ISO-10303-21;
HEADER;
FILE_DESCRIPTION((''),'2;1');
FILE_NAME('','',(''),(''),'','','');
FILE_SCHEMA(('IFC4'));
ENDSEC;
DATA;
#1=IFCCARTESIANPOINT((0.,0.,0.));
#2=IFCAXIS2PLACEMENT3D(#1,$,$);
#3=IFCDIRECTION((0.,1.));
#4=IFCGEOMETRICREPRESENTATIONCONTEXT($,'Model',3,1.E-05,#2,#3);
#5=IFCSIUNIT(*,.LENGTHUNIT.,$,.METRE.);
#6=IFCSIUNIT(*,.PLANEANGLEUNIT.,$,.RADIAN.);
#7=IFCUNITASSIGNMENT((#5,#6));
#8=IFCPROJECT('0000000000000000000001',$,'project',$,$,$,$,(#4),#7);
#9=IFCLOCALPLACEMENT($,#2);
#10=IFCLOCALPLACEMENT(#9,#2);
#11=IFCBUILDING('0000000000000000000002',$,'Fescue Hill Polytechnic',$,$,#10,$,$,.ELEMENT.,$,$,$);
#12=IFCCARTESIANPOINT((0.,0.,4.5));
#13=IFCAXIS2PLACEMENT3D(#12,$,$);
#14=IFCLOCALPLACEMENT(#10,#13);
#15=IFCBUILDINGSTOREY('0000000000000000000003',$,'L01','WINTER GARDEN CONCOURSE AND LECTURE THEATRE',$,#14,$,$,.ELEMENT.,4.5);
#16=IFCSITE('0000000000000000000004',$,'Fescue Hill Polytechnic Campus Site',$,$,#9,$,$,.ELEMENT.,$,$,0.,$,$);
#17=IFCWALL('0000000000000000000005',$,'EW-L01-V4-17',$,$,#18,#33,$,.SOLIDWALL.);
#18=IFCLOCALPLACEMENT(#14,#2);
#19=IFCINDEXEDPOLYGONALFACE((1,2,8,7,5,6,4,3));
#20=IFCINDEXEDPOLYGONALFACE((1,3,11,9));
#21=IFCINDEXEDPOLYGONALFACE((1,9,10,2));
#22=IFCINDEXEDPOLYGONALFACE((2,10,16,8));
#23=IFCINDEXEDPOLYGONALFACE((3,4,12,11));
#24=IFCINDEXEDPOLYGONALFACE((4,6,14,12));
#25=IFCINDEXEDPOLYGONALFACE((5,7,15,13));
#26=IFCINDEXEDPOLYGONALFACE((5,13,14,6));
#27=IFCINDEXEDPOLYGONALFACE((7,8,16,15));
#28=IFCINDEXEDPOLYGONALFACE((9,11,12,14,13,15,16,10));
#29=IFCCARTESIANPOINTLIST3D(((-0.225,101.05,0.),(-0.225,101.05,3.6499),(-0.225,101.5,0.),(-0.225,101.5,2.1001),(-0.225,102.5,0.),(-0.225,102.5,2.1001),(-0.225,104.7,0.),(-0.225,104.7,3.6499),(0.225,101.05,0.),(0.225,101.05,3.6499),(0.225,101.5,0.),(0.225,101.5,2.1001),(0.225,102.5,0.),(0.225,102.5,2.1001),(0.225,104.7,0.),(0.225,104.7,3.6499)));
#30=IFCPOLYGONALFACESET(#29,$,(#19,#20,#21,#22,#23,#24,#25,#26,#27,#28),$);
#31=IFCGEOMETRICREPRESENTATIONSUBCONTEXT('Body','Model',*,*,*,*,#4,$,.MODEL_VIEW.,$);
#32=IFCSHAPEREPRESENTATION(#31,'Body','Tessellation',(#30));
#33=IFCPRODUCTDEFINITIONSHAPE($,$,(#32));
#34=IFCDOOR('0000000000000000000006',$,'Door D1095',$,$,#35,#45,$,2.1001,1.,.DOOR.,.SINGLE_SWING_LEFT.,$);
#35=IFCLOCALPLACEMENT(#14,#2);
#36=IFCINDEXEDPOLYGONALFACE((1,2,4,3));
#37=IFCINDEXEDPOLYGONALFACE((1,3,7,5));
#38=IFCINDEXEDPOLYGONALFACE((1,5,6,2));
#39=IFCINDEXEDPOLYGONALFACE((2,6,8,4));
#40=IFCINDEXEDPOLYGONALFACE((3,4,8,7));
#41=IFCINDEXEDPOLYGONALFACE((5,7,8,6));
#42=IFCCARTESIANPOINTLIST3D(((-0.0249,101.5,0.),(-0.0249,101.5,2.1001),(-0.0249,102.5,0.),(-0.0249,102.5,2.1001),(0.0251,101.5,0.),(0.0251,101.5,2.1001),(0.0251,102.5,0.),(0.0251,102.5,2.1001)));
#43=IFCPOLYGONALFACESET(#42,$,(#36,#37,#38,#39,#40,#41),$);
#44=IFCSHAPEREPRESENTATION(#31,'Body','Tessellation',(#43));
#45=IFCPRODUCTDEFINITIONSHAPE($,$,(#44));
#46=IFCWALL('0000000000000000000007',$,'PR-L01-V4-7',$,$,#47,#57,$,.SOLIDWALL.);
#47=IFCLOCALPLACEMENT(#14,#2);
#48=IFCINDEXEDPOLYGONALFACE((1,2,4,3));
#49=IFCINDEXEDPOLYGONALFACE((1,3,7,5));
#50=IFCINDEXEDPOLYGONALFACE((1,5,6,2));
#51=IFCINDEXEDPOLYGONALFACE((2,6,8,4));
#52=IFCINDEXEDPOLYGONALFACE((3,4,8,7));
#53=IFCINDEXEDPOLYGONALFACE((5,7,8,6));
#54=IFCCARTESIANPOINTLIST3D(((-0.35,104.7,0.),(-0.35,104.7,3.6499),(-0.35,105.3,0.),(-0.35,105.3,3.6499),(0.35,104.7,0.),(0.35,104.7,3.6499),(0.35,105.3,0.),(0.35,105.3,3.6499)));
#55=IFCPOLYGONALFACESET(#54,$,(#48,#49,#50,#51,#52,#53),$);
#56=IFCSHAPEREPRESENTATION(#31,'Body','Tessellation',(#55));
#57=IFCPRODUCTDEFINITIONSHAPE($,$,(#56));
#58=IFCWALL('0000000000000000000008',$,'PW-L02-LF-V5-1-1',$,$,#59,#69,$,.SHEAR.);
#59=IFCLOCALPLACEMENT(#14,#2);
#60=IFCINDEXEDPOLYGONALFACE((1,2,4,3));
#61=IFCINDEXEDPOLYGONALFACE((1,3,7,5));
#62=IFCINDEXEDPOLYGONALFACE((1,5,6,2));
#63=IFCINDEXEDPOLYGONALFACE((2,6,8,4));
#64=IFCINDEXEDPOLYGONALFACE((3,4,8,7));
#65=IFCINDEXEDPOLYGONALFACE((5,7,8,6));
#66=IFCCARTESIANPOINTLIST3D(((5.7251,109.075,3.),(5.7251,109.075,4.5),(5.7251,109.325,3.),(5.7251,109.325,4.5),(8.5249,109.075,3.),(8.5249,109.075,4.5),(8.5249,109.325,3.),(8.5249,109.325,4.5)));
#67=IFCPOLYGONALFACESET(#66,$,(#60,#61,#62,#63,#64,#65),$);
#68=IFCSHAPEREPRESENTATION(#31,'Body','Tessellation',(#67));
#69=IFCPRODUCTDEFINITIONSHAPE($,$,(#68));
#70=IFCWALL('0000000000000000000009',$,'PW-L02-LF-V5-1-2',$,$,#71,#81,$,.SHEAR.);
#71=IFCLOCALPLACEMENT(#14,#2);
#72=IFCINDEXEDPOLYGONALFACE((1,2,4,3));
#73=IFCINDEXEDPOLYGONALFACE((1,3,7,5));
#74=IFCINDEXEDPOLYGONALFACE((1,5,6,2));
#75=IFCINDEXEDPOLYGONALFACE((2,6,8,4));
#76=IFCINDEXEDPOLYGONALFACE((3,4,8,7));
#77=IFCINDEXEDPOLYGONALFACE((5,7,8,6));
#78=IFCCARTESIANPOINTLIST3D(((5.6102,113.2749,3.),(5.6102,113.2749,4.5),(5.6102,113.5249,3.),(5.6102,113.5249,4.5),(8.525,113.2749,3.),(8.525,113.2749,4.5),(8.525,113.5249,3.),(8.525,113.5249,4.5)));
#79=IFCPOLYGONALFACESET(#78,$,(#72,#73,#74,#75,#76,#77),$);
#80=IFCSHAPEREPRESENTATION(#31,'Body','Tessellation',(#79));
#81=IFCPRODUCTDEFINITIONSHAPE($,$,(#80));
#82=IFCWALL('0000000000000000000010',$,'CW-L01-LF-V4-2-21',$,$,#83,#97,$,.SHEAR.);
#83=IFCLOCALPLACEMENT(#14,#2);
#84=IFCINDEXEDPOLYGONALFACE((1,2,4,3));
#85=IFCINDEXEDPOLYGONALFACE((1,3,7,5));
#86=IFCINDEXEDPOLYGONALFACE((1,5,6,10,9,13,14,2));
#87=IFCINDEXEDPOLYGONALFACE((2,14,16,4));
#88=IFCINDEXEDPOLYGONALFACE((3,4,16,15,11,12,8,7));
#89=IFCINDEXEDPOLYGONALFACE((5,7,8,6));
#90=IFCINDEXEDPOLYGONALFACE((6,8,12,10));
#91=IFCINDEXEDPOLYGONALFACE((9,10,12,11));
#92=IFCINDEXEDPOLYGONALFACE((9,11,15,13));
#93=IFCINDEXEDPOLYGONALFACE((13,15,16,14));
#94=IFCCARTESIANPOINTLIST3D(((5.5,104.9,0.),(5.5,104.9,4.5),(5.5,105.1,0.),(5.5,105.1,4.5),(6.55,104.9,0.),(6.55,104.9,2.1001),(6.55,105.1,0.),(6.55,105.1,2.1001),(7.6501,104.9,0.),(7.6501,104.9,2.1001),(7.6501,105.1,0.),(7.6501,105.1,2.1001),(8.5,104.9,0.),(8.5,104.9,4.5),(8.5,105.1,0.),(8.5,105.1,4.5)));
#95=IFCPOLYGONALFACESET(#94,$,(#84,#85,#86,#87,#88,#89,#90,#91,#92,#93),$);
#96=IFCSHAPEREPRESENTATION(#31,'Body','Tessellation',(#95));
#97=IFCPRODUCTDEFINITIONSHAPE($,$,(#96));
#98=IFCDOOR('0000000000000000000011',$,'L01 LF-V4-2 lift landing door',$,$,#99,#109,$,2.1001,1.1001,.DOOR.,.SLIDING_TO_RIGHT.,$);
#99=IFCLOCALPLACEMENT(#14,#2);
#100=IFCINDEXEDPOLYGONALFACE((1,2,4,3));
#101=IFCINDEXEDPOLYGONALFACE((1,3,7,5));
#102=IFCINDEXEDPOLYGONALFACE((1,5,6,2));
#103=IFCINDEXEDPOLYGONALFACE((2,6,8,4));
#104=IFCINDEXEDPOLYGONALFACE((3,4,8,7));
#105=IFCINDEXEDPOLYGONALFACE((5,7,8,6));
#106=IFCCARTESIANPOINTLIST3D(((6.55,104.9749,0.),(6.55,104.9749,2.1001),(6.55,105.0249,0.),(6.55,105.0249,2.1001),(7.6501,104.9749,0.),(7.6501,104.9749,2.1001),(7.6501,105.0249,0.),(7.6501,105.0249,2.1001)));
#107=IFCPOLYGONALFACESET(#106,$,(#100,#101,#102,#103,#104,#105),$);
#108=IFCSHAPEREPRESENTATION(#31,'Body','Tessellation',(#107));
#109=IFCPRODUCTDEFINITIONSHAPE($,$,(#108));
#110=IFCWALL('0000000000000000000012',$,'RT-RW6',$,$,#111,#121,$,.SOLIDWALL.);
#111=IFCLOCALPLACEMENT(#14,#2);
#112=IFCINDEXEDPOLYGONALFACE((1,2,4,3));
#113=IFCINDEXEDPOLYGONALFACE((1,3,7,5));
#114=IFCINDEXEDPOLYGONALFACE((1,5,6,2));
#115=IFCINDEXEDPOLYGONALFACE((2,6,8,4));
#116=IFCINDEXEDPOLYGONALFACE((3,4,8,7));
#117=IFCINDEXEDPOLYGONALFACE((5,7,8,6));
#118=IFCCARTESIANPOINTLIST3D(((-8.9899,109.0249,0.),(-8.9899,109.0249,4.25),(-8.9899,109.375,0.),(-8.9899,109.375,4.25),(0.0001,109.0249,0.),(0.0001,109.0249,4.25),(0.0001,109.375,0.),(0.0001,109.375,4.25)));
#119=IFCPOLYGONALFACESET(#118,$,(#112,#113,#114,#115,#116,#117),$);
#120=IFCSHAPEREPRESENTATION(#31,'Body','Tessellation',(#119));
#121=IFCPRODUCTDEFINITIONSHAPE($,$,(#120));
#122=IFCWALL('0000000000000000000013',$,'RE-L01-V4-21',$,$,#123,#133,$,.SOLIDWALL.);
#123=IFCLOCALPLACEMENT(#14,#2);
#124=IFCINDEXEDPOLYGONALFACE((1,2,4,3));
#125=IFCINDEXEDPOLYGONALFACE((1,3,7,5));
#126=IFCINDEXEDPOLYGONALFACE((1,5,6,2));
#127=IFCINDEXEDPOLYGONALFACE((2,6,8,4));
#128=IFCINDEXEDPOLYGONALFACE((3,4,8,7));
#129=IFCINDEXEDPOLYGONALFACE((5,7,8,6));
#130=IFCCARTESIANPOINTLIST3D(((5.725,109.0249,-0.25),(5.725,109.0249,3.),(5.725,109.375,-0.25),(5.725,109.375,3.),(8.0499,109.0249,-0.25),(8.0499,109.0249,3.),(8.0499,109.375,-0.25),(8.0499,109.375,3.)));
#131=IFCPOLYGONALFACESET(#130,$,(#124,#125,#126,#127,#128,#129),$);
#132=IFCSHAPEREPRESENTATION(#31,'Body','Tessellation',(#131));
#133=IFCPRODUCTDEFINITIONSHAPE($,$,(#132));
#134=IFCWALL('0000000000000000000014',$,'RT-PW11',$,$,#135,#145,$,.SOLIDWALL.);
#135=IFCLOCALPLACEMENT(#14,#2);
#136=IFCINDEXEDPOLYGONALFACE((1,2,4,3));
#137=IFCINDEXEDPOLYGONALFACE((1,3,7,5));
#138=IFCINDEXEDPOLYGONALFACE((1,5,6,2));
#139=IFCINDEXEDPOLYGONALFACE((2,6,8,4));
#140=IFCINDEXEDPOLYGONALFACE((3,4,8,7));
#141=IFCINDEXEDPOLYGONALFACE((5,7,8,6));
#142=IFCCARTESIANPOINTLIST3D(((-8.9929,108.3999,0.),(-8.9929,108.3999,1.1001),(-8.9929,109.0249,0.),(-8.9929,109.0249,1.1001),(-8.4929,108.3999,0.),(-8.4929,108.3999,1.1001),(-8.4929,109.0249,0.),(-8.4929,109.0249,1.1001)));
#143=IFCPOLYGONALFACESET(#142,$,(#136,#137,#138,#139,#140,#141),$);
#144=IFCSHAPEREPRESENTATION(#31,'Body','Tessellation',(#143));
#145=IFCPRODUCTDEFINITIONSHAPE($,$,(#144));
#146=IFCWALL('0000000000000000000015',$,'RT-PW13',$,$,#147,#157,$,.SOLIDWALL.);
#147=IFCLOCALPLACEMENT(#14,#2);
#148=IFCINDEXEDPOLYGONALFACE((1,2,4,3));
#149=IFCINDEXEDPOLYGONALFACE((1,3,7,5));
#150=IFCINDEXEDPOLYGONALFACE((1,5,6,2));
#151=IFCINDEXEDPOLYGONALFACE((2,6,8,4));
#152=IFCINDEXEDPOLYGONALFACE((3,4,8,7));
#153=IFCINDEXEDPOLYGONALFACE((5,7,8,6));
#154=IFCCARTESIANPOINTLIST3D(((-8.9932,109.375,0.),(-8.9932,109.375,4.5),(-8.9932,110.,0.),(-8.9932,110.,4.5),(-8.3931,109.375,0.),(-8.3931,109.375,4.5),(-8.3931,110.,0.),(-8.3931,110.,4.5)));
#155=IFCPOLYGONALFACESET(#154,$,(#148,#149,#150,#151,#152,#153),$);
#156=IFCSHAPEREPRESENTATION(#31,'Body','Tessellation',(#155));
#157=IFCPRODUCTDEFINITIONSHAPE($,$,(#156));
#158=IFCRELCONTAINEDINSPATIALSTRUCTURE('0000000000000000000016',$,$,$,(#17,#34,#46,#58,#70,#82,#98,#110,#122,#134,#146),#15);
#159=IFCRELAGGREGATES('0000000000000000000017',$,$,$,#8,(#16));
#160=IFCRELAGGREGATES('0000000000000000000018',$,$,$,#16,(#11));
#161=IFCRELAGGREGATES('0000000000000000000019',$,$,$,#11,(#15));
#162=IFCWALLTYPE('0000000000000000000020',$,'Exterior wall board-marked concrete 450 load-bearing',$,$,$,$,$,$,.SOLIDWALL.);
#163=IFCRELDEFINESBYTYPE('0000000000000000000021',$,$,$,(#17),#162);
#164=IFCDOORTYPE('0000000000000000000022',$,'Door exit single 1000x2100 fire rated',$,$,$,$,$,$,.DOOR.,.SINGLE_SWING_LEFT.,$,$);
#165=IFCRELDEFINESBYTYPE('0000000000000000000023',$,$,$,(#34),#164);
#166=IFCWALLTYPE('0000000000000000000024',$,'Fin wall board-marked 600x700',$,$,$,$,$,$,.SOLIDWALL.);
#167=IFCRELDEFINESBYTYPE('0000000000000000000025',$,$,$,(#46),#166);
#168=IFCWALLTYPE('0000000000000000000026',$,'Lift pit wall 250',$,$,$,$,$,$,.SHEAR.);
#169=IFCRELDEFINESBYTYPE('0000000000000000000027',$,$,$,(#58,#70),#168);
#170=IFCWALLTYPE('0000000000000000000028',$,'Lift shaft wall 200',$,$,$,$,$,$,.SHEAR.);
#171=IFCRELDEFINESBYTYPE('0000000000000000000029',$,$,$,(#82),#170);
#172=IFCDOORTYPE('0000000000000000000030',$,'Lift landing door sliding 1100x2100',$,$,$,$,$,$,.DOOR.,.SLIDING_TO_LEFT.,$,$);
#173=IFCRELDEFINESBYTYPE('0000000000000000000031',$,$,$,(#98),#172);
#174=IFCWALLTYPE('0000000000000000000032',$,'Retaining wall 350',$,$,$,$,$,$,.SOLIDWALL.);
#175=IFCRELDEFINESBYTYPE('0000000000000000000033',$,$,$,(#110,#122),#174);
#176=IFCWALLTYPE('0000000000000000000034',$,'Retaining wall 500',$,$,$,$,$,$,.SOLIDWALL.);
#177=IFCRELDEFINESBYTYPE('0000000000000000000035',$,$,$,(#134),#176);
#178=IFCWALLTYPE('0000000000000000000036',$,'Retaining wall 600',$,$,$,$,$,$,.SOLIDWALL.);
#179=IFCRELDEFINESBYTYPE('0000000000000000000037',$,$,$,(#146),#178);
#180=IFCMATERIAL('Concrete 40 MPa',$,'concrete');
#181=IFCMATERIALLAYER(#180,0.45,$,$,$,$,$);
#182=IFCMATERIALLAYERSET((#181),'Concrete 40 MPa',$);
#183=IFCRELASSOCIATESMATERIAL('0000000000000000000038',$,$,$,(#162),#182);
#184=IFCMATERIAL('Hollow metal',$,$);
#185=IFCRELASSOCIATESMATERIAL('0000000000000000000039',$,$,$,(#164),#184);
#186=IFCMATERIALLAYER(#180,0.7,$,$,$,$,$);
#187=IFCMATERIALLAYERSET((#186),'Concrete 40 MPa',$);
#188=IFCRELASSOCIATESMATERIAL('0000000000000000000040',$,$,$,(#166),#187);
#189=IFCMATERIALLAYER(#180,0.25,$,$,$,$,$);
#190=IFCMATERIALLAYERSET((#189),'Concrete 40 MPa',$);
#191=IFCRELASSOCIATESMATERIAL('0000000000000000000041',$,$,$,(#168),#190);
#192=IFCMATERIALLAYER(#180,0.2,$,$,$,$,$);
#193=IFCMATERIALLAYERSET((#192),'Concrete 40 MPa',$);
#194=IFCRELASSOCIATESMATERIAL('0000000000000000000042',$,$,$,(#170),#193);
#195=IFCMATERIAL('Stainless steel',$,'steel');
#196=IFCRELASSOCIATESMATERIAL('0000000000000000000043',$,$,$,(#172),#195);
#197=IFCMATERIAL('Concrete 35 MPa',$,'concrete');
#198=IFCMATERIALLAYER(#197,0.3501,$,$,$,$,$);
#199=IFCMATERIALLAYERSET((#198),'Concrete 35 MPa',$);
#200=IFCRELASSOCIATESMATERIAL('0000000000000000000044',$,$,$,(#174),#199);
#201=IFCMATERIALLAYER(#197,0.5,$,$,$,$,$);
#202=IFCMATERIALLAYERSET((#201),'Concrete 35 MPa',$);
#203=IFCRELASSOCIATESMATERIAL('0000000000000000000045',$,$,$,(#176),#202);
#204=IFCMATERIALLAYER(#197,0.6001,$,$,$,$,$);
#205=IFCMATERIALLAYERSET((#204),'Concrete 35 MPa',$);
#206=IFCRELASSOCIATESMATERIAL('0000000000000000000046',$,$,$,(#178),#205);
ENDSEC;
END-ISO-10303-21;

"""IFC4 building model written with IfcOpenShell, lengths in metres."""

from ifc_helpers import new_model, si_unit, direction, frame, frame_2d, origin, place, context, subcontext, project, spatial, rectangle, extrude, material, layer, layer_set, type_object, element, fill, save


model = new_model("IFC4")

# Units and contexts
model_context = context("Model", 3, precision=1e-05, world=origin(), true_north=direction((0.0, 1.0)))
body_context = subcontext(model_context, "Body", "Model", "MODEL_VIEW")
ifc_project = project(units=[si_unit("LENGTHUNIT", "METRE"), si_unit("PLANEANGLEUNIT", "RADIAN")], contexts=[model_context])

# Site, building, storey
site_placement = place(None, origin())
site = spatial("IfcSite", under=ifc_project, at=site_placement, Name="Fescue Hill Polytechnic Campus Site", CompositionType="ELEMENT", RefElevation=0.0)
building_placement = place(site_placement, origin())
building = spatial("IfcBuilding", under=site, at=building_placement, Name="Fescue Hill Polytechnic", CompositionType="ELEMENT")
storey_placement = place(building_placement, frame((0.0, 0.0, 4.5)))
storey = spatial("IfcBuildingStorey", under=building, at=storey_placement, Name="L01", Description="WINTER GARDEN CONCOURSE AND LECTURE THEATRE", CompositionType="ELEMENT", Elevation=4.5)

# Shared definitions
ifc_material_1 = material(Name="Concrete 35 MPa", Category="concrete")

# Shared definitions
ifc_material_2 = material(Name="Concrete 40 MPa", Category="concrete")

# Shared definitions
ifc_layer_1 = layer(ifc_material_2, 0.45)
ifc_layer_set_1 = layer_set([ifc_layer_1], Name="Concrete 40 MPa")
wall_type_1 = type_object("IfcWallType", Name="Exterior wall board-marked concrete 450 load-bearing", PredefinedType="SOLIDWALL", material=ifc_layer_set_1)

# Wall, opening, door
wall_1_placement = place(storey_placement, frame((0.0, 104.7, 0.0), z_axis=(0.0, 0.0, 1.0), x_axis=(0.0, -1.0, 0.0)))
wall_1 = element("IfcWall", 1, at=wall_1_placement, inside=storey, type_object=wall_type_1, Name="EW-L01-V4-17", PredefinedType="SOLIDWALL", context=body_context, shape_type="SweptSolid", body=[
    extrude(rectangle(XDim=3.6499, YDim=0.45, at=frame_2d((1.825, 0.0))), origin(), (0.0, 0.0, 1.0), 3.6499),
])
opening_1_placement = place(wall_1_placement, frame((3.2, 0.0, 0.0), z_axis=(0.0, 0.0, 1.0), x_axis=(-1.0, 0.0, 0.0)))
opening_1 = element("IfcOpeningElement", 2, at=opening_1_placement, cuts=wall_1, PredefinedType="OPENING", context=body_context, shape_type="SweptSolid", body=[
    extrude(rectangle(XDim=1.0, YDim=2.1001, at=frame_2d((0.5, 1.05))), frame((0.0, 0.2349, 0.0), z_axis=(0.0, -1.0, 0.0), x_axis=(1.0, 0.0, 0.0)), (0.0, 0.0, 1.0), 0.47),
])
ifc_material_3 = material(Name="Hollow metal")
door_type_1 = type_object("IfcDoorType", Name="Door exit single 1000x2100 fire rated", OperationType="SINGLE_SWING_LEFT", PredefinedType="DOOR", material=ifc_material_3)
door_1_placement = place(opening_1_placement, origin())
door_1 = element("IfcDoor", 3, at=door_1_placement, inside=storey, type_object=door_type_1, Name="Door D1095", OperationType="SINGLE_SWING_LEFT", OverallHeight=2.1001, OverallWidth=1.0, PredefinedType="DOOR", context=body_context, shape_type="SweptSolid", body=[
    extrude(rectangle(XDim=1.0, YDim=2.1001, at=frame_2d((0.5, 1.05))), frame((0.0, 0.0249, 0.0), z_axis=(0.0, -1.0, 0.0), x_axis=(1.0, 0.0, 0.0)), (0.0, 0.0, 1.0), 0.05),
])
fill(opening_1, door_1)

# Walls
ifc_layer_2 = layer(ifc_material_2, 0.7)
ifc_layer_set_2 = layer_set([ifc_layer_2], Name="Concrete 40 MPa")
wall_type_2 = type_object("IfcWallType", Name="Fin wall board-marked 600x700", PredefinedType="SOLIDWALL", material=ifc_layer_set_2)
wall_2_placement = place(storey_placement, frame((0.0, 105.3, 0.0), z_axis=(0.0, 0.0, 1.0), x_axis=(0.0, -1.0, 0.0)))
element("IfcWall", 4, at=wall_2_placement, inside=storey, type_object=wall_type_2, Name="PR-L01-V4-7", PredefinedType="SOLIDWALL", context=body_context, shape_type="SweptSolid", body=[
    extrude(rectangle(XDim=0.6001, YDim=0.7, at=frame_2d((0.3, 0.0))), origin(), (0.0, 0.0, 1.0), 3.6499),
])
ifc_layer_3 = layer(ifc_material_2, 0.25)
ifc_layer_set_3 = layer_set([ifc_layer_3], Name="Concrete 40 MPa")
wall_type_3 = type_object("IfcWallType", Name="Lift pit wall 250", PredefinedType="SHEAR", material=ifc_layer_set_3)
wall_3_placement = place(storey_placement, frame((5.7251, 109.2, 3.0), z_axis=(0.0, 0.0, 1.0), x_axis=(1.0, 0.0, 0.0)))
element("IfcWall", 5, at=wall_3_placement, inside=storey, type_object=wall_type_3, Name="PW-L02-LF-V5-1-1", PredefinedType="SHEAR", context=body_context, shape_type="SweptSolid", body=[
    extrude(rectangle(XDim=2.7998, YDim=0.25, at=frame_2d((1.3999, 0.0))), origin(), (0.0, 0.0, 1.0), 1.5),
])
wall_4_placement = place(storey_placement, frame((5.6101, 113.3999, 3.0), z_axis=(0.0, 0.0, 1.0), x_axis=(1.0, 0.0, 0.0)))
element("IfcWall", 6, at=wall_4_placement, inside=storey, type_object=wall_type_3, Name="PW-L02-LF-V5-1-2", PredefinedType="SHEAR", context=body_context, shape_type="SweptSolid", body=[
    extrude(rectangle(XDim=2.9148, YDim=0.25, at=frame_2d((1.4575, 0.0))), origin(), (0.0, 0.0, 1.0), 1.5),
])

# Wall, opening, door
ifc_layer_4 = layer(ifc_material_2, 0.2)
ifc_layer_set_4 = layer_set([ifc_layer_4], Name="Concrete 40 MPa")
wall_type_4 = type_object("IfcWallType", Name="Lift shaft wall 200", PredefinedType="SHEAR", material=ifc_layer_set_4)
wall_5_placement = place(storey_placement, frame((5.5, 105.0, 0.0), z_axis=(0.0, 0.0, 1.0), x_axis=(1.0, 0.0, 0.0)))
wall_5 = element("IfcWall", 7, at=wall_5_placement, inside=storey, type_object=wall_type_4, Name="CW-L01-LF-V4-2-21", PredefinedType="SHEAR", context=body_context, shape_type="SweptSolid", body=[
    extrude(rectangle(XDim=3.0, YDim=0.2, at=frame_2d((1.5, 0.0))), origin(), (0.0, 0.0, 1.0), 4.5),
])
opening_2_placement = place(wall_5_placement, frame((1.05, 0.0, 0.0)))
opening_2 = element("IfcOpeningElement", 8, at=opening_2_placement, cuts=wall_5, PredefinedType="OPENING", context=body_context, shape_type="SweptSolid", body=[
    extrude(rectangle(XDim=1.1001, YDim=2.1001, at=frame_2d((0.55, 1.05))), frame((0.0, 0.1099, 0.0), z_axis=(0.0, -1.0, 0.0), x_axis=(1.0, 0.0, 0.0)), (0.0, 0.0, 1.0), 0.22),
])
ifc_material_4 = material(Name="Stainless steel", Category="steel")
door_type_2 = type_object("IfcDoorType", Name="Lift landing door sliding 1100x2100", OperationType="SLIDING_TO_LEFT", PredefinedType="DOOR", material=ifc_material_4)
door_2_placement = place(opening_2_placement, origin())
door_2 = element("IfcDoor", 9, at=door_2_placement, inside=storey, type_object=door_type_2, Name="L01 LF-V4-2 lift landing door", OperationType="SLIDING_TO_RIGHT", OverallHeight=2.1001, OverallWidth=1.1001, PredefinedType="DOOR", context=body_context, shape_type="SweptSolid", body=[
    extrude(rectangle(XDim=1.1001, YDim=2.1001, at=frame_2d((0.55, 1.05))), frame((0.0, 0.0249, 0.0), z_axis=(0.0, -1.0, 0.0), x_axis=(1.0, 0.0, 0.0)), (0.0, 0.0, 1.0), 0.05),
])
fill(opening_2, door_2)

# Walls
ifc_layer_5 = layer(ifc_material_1, 0.3501)
ifc_layer_set_5 = layer_set([ifc_layer_5], Name="Concrete 35 MPa")
wall_type_5 = type_object("IfcWallType", Name="Retaining wall 350", PredefinedType="SOLIDWALL", material=ifc_layer_set_5)
wall_6_placement = place(storey_placement, frame((-8.99, 109.2, 0.0), z_axis=(0.0, 0.0, 1.0), x_axis=(1.0, 0.0, 0.0)))
element("IfcWall", 10, at=wall_6_placement, inside=storey, type_object=wall_type_5, Name="RT-RW6", PredefinedType="SOLIDWALL", context=body_context, shape_type="SweptSolid", body=[
    extrude(rectangle(XDim=8.99, YDim=0.3501, at=frame_2d((4.4951, 0.0))), origin(), (0.0, 0.0, 1.0), 4.25),
])
wall_7_placement = place(storey_placement, frame((8.05, 109.2, -0.25), z_axis=(0.0, 0.0, 1.0), x_axis=(-1.0, 0.0, 0.0)))
element("IfcWall", 11, at=wall_7_placement, inside=storey, type_object=wall_type_5, Name="RE-L01-V4-21", PredefinedType="SOLIDWALL", context=body_context, shape_type="SweptSolid", body=[
    extrude(rectangle(XDim=2.325, YDim=0.3501, at=frame_2d((1.1626, 0.0))), origin(), (0.0, 0.0, 1.0), 3.25),
])
ifc_layer_6 = layer(ifc_material_1, 0.5)
ifc_layer_set_6 = layer_set([ifc_layer_6], Name="Concrete 35 MPa")
wall_type_6 = type_object("IfcWallType", Name="Retaining wall 500", PredefinedType="SOLIDWALL", material=ifc_layer_set_6)
wall_8_placement = place(storey_placement, frame((-8.7429, 108.3999, 0.0), z_axis=(0.0, 0.0, 1.0), x_axis=(0.0, 1.0, 0.0)))
element("IfcWall", 12, at=wall_8_placement, inside=storey, type_object=wall_type_6, Name="RT-PW11", PredefinedType="SOLIDWALL", context=body_context, shape_type="SweptSolid", body=[
    extrude(rectangle(XDim=0.625, YDim=0.5, at=frame_2d((0.3125, 0.0))), origin(), (0.0, 0.0, 1.0), 1.1001),
])
ifc_layer_7 = layer(ifc_material_1, 0.6001)
ifc_layer_set_7 = layer_set([ifc_layer_7], Name="Concrete 35 MPa")
wall_type_7 = type_object("IfcWallType", Name="Retaining wall 600", PredefinedType="SOLIDWALL", material=ifc_layer_set_7)
wall_9_placement = place(storey_placement, frame((-8.6931, 109.375, 0.0), z_axis=(0.0, 0.0, 1.0), x_axis=(0.0, 1.0, 0.0)))
element("IfcWall", 13, at=wall_9_placement, inside=storey, type_object=wall_type_7, Name="RT-PW13", PredefinedType="SOLIDWALL", context=body_context, shape_type="SweptSolid", body=[
    extrude(rectangle(XDim=0.625, YDim=0.6001, at=frame_2d((0.3125, 0.0))), origin(), (0.0, 0.0, 1.0), 4.5),
])

save(model, "model.ifc")
